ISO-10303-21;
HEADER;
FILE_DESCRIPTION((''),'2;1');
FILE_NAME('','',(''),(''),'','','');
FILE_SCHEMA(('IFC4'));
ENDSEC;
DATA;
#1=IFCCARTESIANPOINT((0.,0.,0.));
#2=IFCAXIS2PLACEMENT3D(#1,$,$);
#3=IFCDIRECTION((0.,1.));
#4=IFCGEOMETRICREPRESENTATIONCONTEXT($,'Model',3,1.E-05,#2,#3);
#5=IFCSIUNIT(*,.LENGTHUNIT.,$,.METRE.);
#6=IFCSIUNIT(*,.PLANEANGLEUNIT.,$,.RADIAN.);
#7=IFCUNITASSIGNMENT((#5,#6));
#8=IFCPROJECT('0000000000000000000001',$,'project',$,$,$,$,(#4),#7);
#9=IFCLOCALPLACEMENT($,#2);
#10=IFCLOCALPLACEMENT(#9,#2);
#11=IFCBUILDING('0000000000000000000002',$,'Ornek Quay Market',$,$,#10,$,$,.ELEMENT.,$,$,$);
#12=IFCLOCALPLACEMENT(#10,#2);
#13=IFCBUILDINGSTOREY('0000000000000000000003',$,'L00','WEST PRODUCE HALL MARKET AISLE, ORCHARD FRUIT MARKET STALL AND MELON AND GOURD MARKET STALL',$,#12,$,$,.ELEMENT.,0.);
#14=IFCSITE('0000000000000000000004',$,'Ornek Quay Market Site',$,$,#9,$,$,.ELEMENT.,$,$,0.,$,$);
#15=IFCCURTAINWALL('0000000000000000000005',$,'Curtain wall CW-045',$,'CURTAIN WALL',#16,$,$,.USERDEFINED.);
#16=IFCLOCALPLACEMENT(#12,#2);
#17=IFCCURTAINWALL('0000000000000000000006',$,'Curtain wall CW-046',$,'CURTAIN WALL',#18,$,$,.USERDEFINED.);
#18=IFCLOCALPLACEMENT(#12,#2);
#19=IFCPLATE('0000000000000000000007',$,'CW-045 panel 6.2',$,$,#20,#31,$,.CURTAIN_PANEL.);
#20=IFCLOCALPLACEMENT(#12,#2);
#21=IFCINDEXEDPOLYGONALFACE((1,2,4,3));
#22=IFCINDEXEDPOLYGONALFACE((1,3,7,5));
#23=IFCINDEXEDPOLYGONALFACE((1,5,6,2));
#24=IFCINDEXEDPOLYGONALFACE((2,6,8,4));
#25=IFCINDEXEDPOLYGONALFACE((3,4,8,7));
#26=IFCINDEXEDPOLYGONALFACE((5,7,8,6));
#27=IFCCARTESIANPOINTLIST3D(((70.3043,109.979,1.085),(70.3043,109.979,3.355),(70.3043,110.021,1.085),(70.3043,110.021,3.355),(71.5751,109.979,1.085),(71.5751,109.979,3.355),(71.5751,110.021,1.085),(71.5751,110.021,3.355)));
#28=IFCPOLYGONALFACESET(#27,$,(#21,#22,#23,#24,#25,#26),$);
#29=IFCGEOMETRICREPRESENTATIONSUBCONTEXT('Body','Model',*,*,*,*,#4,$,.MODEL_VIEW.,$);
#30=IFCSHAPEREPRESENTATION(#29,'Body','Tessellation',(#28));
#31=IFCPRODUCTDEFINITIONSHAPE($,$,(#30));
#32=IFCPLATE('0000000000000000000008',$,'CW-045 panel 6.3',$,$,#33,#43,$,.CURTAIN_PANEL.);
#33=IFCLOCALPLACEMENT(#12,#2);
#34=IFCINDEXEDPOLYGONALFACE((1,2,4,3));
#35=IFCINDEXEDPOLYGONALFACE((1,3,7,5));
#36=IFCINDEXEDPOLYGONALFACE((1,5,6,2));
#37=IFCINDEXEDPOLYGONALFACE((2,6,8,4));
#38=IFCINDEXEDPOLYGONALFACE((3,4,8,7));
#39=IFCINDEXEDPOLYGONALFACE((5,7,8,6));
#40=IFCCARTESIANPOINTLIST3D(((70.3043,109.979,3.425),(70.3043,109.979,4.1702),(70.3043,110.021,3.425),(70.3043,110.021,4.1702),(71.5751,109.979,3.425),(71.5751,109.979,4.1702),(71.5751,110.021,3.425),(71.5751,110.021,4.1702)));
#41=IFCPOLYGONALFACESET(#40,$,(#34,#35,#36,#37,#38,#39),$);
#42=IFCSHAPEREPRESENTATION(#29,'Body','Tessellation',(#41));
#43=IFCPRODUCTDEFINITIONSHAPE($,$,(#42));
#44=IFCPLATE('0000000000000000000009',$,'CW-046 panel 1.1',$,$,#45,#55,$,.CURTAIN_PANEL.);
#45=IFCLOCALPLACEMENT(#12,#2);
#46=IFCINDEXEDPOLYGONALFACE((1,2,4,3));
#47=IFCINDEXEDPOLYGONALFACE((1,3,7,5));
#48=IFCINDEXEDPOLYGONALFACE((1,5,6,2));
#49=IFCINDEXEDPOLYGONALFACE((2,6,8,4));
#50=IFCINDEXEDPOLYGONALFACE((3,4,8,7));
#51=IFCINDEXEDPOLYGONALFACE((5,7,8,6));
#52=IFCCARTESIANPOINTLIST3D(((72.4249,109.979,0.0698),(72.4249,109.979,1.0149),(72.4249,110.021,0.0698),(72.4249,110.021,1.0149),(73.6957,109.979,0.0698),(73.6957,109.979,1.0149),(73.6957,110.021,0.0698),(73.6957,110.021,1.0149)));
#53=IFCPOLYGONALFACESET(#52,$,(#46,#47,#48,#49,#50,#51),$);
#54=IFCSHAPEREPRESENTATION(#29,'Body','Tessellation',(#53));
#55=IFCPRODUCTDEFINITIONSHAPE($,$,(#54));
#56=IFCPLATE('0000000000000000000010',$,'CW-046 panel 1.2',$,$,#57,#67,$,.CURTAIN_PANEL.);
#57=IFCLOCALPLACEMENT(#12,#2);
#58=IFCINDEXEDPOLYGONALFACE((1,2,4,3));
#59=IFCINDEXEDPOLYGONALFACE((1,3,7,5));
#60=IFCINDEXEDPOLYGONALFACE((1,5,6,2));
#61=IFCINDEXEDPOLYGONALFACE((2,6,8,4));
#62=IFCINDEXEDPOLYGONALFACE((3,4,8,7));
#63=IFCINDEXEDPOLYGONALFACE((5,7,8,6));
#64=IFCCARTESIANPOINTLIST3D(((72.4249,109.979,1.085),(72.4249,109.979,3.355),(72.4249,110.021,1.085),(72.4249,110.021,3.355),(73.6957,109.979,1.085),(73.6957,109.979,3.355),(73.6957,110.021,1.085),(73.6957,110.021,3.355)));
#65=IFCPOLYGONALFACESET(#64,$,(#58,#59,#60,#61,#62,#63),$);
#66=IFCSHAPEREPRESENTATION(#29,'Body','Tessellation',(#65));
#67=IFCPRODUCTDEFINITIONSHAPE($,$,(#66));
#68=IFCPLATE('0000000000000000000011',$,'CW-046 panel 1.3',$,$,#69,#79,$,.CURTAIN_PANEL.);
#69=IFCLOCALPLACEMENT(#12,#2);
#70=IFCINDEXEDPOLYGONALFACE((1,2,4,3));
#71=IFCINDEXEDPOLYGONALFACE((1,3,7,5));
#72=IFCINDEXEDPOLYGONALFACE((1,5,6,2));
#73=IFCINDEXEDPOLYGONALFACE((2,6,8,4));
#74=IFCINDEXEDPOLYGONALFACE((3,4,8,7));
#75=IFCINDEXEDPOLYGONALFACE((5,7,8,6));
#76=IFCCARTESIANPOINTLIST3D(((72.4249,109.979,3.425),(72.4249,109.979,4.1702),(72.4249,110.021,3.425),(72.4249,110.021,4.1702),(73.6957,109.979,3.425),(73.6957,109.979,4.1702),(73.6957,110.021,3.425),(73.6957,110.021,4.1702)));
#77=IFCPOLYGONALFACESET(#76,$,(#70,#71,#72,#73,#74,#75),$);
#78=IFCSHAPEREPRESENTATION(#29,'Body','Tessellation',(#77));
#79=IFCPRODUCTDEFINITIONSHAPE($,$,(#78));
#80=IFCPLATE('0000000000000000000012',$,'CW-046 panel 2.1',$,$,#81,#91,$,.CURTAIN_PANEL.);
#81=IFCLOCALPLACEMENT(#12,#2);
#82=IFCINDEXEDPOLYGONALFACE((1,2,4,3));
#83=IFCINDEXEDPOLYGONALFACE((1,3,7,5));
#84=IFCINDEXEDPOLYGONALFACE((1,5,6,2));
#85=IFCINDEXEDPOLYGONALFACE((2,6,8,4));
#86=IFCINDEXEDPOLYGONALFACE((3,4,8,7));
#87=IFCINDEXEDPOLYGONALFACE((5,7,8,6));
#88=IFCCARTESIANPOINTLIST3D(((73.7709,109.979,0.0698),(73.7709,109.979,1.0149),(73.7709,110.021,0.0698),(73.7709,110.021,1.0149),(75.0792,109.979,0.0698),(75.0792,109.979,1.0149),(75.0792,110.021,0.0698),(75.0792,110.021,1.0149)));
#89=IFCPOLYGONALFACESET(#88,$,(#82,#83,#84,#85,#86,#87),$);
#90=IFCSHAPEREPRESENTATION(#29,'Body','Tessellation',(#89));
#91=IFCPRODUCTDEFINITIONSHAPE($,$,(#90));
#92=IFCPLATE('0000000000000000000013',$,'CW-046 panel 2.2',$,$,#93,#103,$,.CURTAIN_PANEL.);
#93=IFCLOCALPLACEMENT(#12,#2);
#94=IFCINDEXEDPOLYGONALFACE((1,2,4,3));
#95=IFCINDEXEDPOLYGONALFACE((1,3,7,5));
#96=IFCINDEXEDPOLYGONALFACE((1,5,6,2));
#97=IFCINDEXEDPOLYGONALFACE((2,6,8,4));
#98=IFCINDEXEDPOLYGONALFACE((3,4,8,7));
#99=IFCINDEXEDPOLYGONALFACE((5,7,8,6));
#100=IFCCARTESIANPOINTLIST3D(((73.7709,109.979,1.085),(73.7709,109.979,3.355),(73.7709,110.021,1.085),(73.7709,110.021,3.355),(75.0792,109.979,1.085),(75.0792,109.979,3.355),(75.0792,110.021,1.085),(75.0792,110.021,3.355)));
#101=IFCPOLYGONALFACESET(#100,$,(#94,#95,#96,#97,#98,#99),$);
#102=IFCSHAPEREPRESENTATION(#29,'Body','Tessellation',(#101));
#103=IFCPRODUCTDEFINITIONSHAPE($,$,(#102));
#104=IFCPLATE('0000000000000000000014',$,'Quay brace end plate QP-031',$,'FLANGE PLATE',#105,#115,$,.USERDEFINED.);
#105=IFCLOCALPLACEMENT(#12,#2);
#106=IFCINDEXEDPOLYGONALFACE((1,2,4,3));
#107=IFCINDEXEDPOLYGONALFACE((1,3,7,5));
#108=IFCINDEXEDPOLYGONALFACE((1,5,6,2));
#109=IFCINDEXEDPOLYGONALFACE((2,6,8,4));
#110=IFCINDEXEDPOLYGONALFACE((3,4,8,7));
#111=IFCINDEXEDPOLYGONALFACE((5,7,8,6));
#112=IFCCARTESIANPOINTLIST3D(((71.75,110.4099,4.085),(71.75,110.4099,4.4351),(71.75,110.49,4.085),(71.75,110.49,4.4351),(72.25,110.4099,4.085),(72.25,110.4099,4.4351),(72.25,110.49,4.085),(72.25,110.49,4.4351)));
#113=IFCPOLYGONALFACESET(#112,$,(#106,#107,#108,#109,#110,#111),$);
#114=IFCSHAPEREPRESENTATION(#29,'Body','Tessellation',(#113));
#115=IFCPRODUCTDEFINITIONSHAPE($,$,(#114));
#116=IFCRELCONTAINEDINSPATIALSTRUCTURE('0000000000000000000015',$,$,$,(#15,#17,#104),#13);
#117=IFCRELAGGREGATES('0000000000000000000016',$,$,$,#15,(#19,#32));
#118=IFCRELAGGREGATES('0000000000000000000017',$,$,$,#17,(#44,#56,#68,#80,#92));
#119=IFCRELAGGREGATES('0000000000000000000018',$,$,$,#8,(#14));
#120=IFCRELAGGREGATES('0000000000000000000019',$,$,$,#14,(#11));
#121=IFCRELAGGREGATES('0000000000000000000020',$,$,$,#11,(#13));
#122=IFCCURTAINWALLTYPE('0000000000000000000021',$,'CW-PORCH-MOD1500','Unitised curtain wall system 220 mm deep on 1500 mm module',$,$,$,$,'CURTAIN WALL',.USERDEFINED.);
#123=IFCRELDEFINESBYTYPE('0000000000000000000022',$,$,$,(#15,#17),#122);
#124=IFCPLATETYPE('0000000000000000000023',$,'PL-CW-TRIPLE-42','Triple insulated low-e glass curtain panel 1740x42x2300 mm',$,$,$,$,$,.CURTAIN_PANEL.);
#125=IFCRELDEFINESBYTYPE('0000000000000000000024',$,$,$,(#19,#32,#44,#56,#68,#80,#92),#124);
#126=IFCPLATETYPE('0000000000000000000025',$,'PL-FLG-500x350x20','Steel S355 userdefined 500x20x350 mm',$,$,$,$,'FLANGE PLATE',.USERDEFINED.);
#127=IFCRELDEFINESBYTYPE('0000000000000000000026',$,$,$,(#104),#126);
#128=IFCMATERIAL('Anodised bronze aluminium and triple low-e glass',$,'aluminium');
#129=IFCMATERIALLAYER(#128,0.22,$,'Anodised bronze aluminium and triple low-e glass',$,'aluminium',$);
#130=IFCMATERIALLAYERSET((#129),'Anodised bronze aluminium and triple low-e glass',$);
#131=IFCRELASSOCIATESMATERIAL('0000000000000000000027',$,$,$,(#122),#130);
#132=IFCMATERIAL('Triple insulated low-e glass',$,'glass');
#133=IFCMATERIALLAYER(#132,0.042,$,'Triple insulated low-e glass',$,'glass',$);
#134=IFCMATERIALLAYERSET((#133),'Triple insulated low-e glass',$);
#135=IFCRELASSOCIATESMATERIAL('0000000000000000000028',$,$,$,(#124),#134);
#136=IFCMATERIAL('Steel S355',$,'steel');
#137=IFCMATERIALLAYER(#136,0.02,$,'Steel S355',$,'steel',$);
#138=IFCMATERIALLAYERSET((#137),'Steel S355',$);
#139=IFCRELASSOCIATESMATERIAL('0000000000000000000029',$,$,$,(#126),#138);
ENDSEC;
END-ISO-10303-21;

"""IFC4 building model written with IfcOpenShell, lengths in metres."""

from ifc_helpers import new_model, si_unit, direction, frame, origin, origin_2d, place, context, subcontext, project, spatial, rectangle, extrude, material, layer, layer_set, type_object, element, aggregate, save


model = new_model("IFC4")

# Units and contexts
model_context = context("Model", 3, precision=1e-05, world=origin(), true_north=direction((0.0, 1.0)))
body_context = subcontext(model_context, "Body", "Model", "MODEL_VIEW")
ifc_project = project(units=[si_unit("LENGTHUNIT", "METRE"), si_unit("PLANEANGLEUNIT", "RADIAN")], contexts=[model_context])

# Site, building, storey
site_placement = place(None, origin())
site = spatial("IfcSite", under=ifc_project, at=site_placement, Name="Ornek Quay Market Site", CompositionType="ELEMENT", RefElevation=0.0)
building_placement = place(site_placement, origin())
building = spatial("IfcBuilding", under=site, at=building_placement, Name="Ornek Quay Market", CompositionType="ELEMENT")
storey_placement = place(building_placement, origin())
storey = spatial("IfcBuildingStorey", under=building, at=storey_placement, Name="L00", Description="WEST PRODUCE HALL MARKET AISLE, ORCHARD FRUIT MARKET STALL AND MELON AND GOURD MARKET STALL", CompositionType="ELEMENT", Elevation=0.0)

# Shared definitions
ifc_material_1 = material(Name="Steel S355", Category="steel")

# Shared definitions
ifc_material_2 = material(Name="Anodised bronze aluminium and triple low-e glass", Category="aluminium")
ifc_layer_1 = layer(ifc_material_2, 0.22, Name="Anodised bronze aluminium and triple low-e glass", Category="aluminium")
ifc_layer_set_1 = layer_set([ifc_layer_1], Name="Anodised bronze aluminium and triple low-e glass")
curtain_wall_type = type_object("IfcCurtainWallType", Name="CW-PORCH-MOD1500", Description="Unitised curtain wall system 220 mm deep on 1500 mm module", ElementType="CURTAIN WALL", PredefinedType="USERDEFINED", material=ifc_layer_set_1)

# Curtain walls
curtain_wall_1_placement = place(storey_placement, origin())
curtain_wall_1 = element("IfcCurtainWall", 1, at=curtain_wall_1_placement, inside=storey, type_object=curtain_wall_type, Name="Curtain wall CW-045", ObjectType="CURTAIN WALL", PredefinedType="USERDEFINED")
curtain_wall_2_placement = place(storey_placement, origin())
curtain_wall_2 = element("IfcCurtainWall", 2, at=curtain_wall_2_placement, inside=storey, type_object=curtain_wall_type, Name="Curtain wall CW-046", ObjectType="CURTAIN WALL", PredefinedType="USERDEFINED")

# Plates
ifc_material_3 = material(Name="Triple insulated low-e glass", Category="glass")
ifc_layer_2 = layer(ifc_material_3, 0.042, Name="Triple insulated low-e glass", Category="glass")
ifc_layer_set_2 = layer_set([ifc_layer_2], Name="Triple insulated low-e glass")
plate_type_1 = type_object("IfcPlateType", Name="PL-CW-TRIPLE-42", Description="Triple insulated low-e glass curtain panel 1740x42x2300 mm", PredefinedType="CURTAIN_PANEL", material=ifc_layer_set_2)
plate_1_placement = place(storey_placement, frame((70.9397, 110.0, 1.085), z_axis=(0.0, 0.0, 1.0), x_axis=(1.0, 0.0, 0.0)))
plate_1 = element("IfcPlate", 3, at=plate_1_placement, type_object=plate_type_1, Name="CW-045 panel 6.2", PredefinedType="CURTAIN_PANEL", context=body_context, shape_type="SweptSolid", body=[
    extrude(rectangle(XDim=1.2708, YDim=0.042, at=origin_2d()), origin(), (0.0, 0.0, 1.0), 2.27),
])
plate_2_placement = place(storey_placement, frame((70.9397, 110.0, 3.425), z_axis=(0.0, 0.0, 1.0), x_axis=(1.0, 0.0, 0.0)))
plate_2 = element("IfcPlate", 4, at=plate_2_placement, type_object=plate_type_1, Name="CW-045 panel 6.3", PredefinedType="CURTAIN_PANEL", context=body_context, shape_type="SweptSolid", body=[
    extrude(rectangle(XDim=1.2708, YDim=0.042, at=origin_2d()), origin(), (0.0, 0.0, 1.0), 0.7451),
])
aggregate(curtain_wall_1, [plate_1, plate_2])
plate_3_placement = place(storey_placement, frame((73.0603, 110.0, 0.0698), z_axis=(0.0, 0.0, 1.0), x_axis=(1.0, 0.0, 0.0)))
plate_3 = element("IfcPlate", 5, at=plate_3_placement, type_object=plate_type_1, Name="CW-046 panel 1.1", PredefinedType="CURTAIN_PANEL", context=body_context, shape_type="SweptSolid", body=[
    extrude(rectangle(XDim=1.2708, YDim=0.042, at=origin_2d()), origin(), (0.0, 0.0, 1.0), 0.9451),
])
plate_4_placement = place(storey_placement, frame((73.0603, 110.0, 1.085), z_axis=(0.0, 0.0, 1.0), x_axis=(1.0, 0.0, 0.0)))
plate_4 = element("IfcPlate", 6, at=plate_4_placement, type_object=plate_type_1, Name="CW-046 panel 1.2", PredefinedType="CURTAIN_PANEL", context=body_context, shape_type="SweptSolid", body=[
    extrude(rectangle(XDim=1.2708, YDim=0.042, at=origin_2d()), origin(), (0.0, 0.0, 1.0), 2.27),
])
plate_5_placement = place(storey_placement, frame((73.0603, 110.0, 3.425), z_axis=(0.0, 0.0, 1.0), x_axis=(1.0, 0.0, 0.0)))
plate_5 = element("IfcPlate", 7, at=plate_5_placement, type_object=plate_type_1, Name="CW-046 panel 1.3", PredefinedType="CURTAIN_PANEL", context=body_context, shape_type="SweptSolid", body=[
    extrude(rectangle(XDim=1.2708, YDim=0.042, at=origin_2d()), origin(), (0.0, 0.0, 1.0), 0.7451),
])
plate_6_placement = place(storey_placement, frame((74.425, 110.0, 0.0698), z_axis=(0.0, 0.0, 1.0), x_axis=(1.0, 0.0, 0.0)))
plate_6 = element("IfcPlate", 8, at=plate_6_placement, type_object=plate_type_1, Name="CW-046 panel 2.1", PredefinedType="CURTAIN_PANEL", context=body_context, shape_type="SweptSolid", body=[
    extrude(rectangle(XDim=1.3083, YDim=0.042, at=origin_2d()), origin(), (0.0, 0.0, 1.0), 0.9451),
])
plate_7_placement = place(storey_placement, frame((74.425, 110.0, 1.085), z_axis=(0.0, 0.0, 1.0), x_axis=(1.0, 0.0, 0.0)))
plate_7 = element("IfcPlate", 9, at=plate_7_placement, type_object=plate_type_1, Name="CW-046 panel 2.2", PredefinedType="CURTAIN_PANEL", context=body_context, shape_type="SweptSolid", body=[
    extrude(rectangle(XDim=1.3083, YDim=0.042, at=origin_2d()), origin(), (0.0, 0.0, 1.0), 2.27),
])
aggregate(curtain_wall_2, [plate_3, plate_4, plate_5, plate_6, plate_7])
ifc_layer_3 = layer(ifc_material_1, 0.02, Name="Steel S355", Category="steel")
ifc_layer_set_3 = layer_set([ifc_layer_3], Name="Steel S355")
plate_type_2 = type_object("IfcPlateType", Name="PL-FLG-500x350x20", Description="Steel S355 userdefined 500x20x350 mm", ElementType="FLANGE PLATE", PredefinedType="USERDEFINED", material=ifc_layer_set_3)
plate_8_placement = place(storey_placement, frame((72.0, 110.45, 4.085), z_axis=(0.0, 0.0, 1.0), x_axis=(1.0, 0.0, 0.0)))
element("IfcPlate", 10, at=plate_8_placement, inside=storey, type_object=plate_type_2, Name="Quay brace end plate QP-031", ObjectType="FLANGE PLATE", PredefinedType="USERDEFINED", context=body_context, shape_type="SweptSolid", body=[
    extrude(rectangle(XDim=0.5, YDim=0.0801, at=origin_2d()), origin(), (0.0, 0.0, 1.0), 0.3501),
])

save(model, "model.ifc")
